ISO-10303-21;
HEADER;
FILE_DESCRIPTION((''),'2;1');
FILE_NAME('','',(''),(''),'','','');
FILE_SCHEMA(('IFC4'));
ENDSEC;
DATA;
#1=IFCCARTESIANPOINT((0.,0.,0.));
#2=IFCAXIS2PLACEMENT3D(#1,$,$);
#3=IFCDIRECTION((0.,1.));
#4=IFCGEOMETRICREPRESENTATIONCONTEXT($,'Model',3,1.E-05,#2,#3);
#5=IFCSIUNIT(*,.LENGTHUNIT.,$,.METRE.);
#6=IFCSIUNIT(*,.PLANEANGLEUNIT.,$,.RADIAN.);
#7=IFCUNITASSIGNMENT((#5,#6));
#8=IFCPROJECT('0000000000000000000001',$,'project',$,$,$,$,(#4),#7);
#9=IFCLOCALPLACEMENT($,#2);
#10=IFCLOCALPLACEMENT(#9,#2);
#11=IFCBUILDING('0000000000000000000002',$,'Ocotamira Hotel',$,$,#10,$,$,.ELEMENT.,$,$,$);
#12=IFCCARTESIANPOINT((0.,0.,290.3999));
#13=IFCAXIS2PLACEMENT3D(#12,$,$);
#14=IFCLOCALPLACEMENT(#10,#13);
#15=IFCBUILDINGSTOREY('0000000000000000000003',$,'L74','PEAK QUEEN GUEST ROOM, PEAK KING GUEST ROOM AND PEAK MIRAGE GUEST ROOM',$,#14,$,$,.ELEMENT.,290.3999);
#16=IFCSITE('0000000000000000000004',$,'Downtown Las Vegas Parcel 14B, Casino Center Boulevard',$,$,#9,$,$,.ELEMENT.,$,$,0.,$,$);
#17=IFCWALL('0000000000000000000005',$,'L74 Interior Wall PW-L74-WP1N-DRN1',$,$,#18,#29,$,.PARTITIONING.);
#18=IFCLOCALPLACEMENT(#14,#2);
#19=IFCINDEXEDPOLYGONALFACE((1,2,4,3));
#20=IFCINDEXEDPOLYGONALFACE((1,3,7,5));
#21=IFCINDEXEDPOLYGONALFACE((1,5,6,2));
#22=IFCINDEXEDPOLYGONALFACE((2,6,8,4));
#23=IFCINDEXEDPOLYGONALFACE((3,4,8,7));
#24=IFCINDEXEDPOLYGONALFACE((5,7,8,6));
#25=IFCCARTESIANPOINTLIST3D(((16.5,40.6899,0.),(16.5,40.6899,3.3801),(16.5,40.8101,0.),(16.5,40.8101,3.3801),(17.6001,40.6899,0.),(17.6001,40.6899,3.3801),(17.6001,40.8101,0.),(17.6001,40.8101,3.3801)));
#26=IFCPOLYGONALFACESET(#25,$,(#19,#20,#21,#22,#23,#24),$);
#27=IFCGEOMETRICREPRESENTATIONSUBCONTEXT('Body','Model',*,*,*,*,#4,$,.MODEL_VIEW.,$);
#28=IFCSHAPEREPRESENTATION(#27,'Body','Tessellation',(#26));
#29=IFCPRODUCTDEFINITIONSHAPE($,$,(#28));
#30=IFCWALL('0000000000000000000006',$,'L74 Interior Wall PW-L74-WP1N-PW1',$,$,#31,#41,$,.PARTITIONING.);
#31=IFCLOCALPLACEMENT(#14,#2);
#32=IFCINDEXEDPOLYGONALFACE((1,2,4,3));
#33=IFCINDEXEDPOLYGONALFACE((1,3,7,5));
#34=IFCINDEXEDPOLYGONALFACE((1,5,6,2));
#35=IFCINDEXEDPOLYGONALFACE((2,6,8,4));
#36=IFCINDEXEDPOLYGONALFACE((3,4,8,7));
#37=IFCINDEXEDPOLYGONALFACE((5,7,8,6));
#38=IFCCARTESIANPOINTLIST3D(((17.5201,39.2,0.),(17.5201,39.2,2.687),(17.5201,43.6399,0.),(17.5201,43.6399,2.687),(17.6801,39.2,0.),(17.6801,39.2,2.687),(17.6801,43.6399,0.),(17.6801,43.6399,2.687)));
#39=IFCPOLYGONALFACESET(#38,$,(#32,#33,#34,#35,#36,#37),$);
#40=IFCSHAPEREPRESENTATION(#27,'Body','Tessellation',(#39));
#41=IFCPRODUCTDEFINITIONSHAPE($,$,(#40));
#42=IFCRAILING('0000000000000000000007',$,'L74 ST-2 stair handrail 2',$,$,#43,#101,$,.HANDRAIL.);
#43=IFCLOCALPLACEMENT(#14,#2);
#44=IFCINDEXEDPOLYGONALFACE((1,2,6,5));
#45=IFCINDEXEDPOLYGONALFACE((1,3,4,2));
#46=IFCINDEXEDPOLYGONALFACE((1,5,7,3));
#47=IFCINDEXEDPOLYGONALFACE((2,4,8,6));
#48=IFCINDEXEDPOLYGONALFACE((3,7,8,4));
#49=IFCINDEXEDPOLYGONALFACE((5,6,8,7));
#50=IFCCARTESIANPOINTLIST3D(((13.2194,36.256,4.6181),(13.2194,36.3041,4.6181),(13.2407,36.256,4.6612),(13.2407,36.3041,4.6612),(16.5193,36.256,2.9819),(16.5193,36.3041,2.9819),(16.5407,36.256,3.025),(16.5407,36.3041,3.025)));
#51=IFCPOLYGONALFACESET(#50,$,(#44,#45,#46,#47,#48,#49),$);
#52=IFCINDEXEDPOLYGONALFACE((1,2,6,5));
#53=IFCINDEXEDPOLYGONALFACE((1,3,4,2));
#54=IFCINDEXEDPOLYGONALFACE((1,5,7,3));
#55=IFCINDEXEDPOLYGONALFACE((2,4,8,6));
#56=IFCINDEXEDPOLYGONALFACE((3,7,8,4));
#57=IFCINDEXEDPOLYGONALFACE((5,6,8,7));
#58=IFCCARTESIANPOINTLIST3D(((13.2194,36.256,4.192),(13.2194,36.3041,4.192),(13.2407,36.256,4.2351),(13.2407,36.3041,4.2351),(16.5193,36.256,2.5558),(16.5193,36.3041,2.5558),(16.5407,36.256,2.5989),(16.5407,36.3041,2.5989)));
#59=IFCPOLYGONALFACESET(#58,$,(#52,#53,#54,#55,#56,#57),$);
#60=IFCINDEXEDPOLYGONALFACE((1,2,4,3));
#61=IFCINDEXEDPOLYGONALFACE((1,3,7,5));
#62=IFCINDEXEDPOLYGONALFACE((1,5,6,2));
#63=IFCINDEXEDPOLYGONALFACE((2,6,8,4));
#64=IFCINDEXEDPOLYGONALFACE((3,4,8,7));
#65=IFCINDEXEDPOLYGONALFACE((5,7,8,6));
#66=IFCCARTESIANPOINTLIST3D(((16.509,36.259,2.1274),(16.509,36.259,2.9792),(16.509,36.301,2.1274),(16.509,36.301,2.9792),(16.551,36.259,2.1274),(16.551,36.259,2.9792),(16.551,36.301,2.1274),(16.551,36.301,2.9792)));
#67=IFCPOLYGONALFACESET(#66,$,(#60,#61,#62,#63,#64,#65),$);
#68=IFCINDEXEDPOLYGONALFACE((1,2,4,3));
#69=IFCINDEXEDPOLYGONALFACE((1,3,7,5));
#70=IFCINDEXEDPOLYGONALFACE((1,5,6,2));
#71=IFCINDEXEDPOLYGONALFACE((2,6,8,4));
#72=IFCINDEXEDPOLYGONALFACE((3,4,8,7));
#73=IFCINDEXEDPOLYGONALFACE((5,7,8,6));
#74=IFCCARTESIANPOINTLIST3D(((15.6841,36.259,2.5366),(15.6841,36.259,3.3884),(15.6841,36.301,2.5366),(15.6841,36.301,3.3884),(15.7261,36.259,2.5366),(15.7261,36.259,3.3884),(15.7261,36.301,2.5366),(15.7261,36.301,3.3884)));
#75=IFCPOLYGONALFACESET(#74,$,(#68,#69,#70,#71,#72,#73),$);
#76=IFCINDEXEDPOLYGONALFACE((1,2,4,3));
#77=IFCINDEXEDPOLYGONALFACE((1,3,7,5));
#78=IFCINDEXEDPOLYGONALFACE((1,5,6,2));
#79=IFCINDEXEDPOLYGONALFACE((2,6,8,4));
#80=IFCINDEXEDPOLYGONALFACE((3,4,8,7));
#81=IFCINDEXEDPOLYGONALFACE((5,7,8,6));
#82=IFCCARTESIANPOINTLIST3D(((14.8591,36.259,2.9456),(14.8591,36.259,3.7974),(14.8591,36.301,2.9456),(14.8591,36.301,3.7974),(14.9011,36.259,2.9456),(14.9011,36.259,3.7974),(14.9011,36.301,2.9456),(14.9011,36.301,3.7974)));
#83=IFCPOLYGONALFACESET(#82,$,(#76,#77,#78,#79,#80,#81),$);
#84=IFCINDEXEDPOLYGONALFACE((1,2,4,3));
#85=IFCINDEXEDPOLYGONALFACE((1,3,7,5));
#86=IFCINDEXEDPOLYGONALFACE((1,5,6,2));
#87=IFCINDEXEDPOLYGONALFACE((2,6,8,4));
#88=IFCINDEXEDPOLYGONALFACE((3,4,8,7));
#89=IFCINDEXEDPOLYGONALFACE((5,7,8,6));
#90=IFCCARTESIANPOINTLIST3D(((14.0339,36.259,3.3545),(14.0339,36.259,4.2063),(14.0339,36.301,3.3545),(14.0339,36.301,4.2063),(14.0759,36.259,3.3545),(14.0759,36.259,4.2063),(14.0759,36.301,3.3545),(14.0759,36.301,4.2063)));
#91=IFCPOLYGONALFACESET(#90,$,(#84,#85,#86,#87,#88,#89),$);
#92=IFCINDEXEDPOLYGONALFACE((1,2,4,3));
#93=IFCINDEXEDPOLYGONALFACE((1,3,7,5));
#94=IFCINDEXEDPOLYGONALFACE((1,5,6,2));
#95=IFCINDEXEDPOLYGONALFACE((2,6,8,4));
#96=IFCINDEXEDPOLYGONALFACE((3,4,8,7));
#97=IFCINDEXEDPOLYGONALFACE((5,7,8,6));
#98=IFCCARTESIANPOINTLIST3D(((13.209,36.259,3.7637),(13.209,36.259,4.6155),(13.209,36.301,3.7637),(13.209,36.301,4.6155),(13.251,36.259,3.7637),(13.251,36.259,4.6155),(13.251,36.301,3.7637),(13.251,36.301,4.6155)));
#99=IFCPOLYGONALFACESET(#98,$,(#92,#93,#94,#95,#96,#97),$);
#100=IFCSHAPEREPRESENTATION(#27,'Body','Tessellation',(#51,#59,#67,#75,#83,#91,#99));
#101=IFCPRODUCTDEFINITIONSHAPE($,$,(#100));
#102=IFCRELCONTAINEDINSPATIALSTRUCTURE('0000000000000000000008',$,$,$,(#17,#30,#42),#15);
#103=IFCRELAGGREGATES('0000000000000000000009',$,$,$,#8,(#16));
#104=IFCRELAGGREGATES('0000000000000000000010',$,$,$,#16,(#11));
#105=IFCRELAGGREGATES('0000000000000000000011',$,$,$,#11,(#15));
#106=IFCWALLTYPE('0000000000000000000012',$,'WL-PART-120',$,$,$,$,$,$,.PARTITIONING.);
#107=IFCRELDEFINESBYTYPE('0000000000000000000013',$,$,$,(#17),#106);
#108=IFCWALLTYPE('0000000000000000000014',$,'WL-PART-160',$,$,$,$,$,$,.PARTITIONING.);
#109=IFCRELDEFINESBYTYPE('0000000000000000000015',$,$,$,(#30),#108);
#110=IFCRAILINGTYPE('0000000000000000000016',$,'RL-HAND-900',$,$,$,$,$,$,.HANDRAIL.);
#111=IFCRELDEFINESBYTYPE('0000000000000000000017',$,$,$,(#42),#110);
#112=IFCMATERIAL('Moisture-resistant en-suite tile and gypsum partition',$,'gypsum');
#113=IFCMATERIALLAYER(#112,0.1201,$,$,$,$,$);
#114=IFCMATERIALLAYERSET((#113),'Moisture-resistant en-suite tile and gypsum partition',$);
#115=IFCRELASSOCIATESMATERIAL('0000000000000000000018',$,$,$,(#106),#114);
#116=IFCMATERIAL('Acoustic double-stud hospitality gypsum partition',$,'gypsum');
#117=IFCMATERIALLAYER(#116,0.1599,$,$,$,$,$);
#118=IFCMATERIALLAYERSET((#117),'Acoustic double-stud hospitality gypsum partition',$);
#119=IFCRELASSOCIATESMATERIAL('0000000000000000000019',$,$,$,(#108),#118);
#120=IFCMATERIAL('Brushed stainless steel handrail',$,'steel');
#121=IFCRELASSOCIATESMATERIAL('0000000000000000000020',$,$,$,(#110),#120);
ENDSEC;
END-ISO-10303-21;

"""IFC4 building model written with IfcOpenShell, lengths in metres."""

from ifc_helpers import new_model, si_unit, direction, frame, frame_2d, origin, origin_2d, place, context, subcontext, project, spatial, rectangle, extrude, material, layer, layer_set, type_object, element, save


model = new_model("IFC4")

# Units and contexts
model_context = context("Model", 3, precision=1e-05, world=origin(), true_north=direction((0.0, 1.0)))
body_context = subcontext(model_context, "Body", "Model", "MODEL_VIEW")
ifc_project = project(units=[si_unit("LENGTHUNIT", "METRE"), si_unit("PLANEANGLEUNIT", "RADIAN")], contexts=[model_context])

# Site, building, storey
site_placement = place(None, origin())
site = spatial("IfcSite", under=ifc_project, at=site_placement, Name="Downtown Las Vegas Parcel 14B, Casino Center Boulevard", CompositionType="ELEMENT", RefElevation=0.0)
building_placement = place(site_placement, origin())
building = spatial("IfcBuilding", under=site, at=building_placement, Name="Ocotamira Hotel", CompositionType="ELEMENT")
storey_placement = place(building_placement, frame((0.0, 0.0, 290.3999)))
storey = spatial("IfcBuildingStorey", under=building, at=storey_placement, Name="L74", Description="PEAK QUEEN GUEST ROOM, PEAK KING GUEST ROOM AND PEAK MIRAGE GUEST ROOM", CompositionType="ELEMENT", Elevation=290.3999)

# Shared definitions
ifc_material_1 = material(Name="Moisture-resistant en-suite tile and gypsum partition", Category="gypsum")
ifc_layer_1 = layer(ifc_material_1, 0.1201)
ifc_layer_set_1 = layer_set([ifc_layer_1], Name="Moisture-resistant en-suite tile and gypsum partition")
wall_type_1 = type_object("IfcWallType", Name="WL-PART-120", PredefinedType="PARTITIONING", material=ifc_layer_set_1)

# Walls
wall_1_placement = place(storey_placement, frame((16.5, 40.75, 0.0), z_axis=(0.0, 0.0, 1.0), x_axis=(1.0, 0.0, 0.0)))
element("IfcWall", 1, at=wall_1_placement, inside=storey, type_object=wall_type_1, Name="L74 Interior Wall PW-L74-WP1N-DRN1", PredefinedType="PARTITIONING", context=body_context, shape_type="SweptSolid", body=[
    extrude(rectangle(XDim=1.1001, YDim=0.1201, at=frame_2d((0.55, 0.0))), origin(), (0.0, 0.0, 1.0), 3.3801),
])
ifc_material_2 = material(Name="Acoustic double-stud hospitality gypsum partition", Category="gypsum")
ifc_layer_2 = layer(ifc_material_2, 0.1599)
ifc_layer_set_2 = layer_set([ifc_layer_2], Name="Acoustic double-stud hospitality gypsum partition")
wall_type_2 = type_object("IfcWallType", Name="WL-PART-160", PredefinedType="PARTITIONING", material=ifc_layer_set_2)
wall_2_placement = place(storey_placement, frame((17.6001, 39.2, 0.0), z_axis=(0.0, 0.0, 1.0), x_axis=(0.0, 1.0, 0.0)))
element("IfcWall", 2, at=wall_2_placement, inside=storey, type_object=wall_type_2, Name="L74 Interior Wall PW-L74-WP1N-PW1", PredefinedType="PARTITIONING", context=body_context, shape_type="SweptSolid", body=[
    extrude(rectangle(XDim=4.4399, YDim=0.1599, at=frame_2d((2.22, 0.0))), origin(), (0.0, 0.0, 1.0), 2.687),
])

# Railing
ifc_material_3 = material(Name="Brushed stainless steel handrail", Category="steel")
railing_type = type_object("IfcRailingType", Name="RL-HAND-900", PredefinedType="HANDRAIL", material=ifc_material_3)
railing_placement = place(storey_placement, frame((16.53, 36.28, 2.1274)))
element("IfcRailing", 3, at=railing_placement, inside=storey, type_object=railing_type, Name="L74 ST-2 stair handrail 2", PredefinedType="HANDRAIL", context=body_context, shape_type="SweptSolid", body=[
    extrude(rectangle(XDim=0.0481, YDim=0.0481, at=origin_2d()), frame((0.0, 0.0, 0.876), z_axis=(-0.89592, 0.0, 0.444215), x_axis=(0.0, -1.0, 0.0)), (0.0, 0.0, 1.0), 3.6833),
    extrude(rectangle(XDim=0.0481, YDim=0.0481, at=origin_2d()), frame((0.0, 0.0, 0.45), z_axis=(-0.89592, 0.0, 0.444215), x_axis=(0.0, -1.0, 0.0)), (0.0, 0.0, 1.0), 3.6833),
    extrude(rectangle(XDim=0.042, YDim=0.042, at=origin_2d()), origin(), (0.0, 0.0, 1.0), 0.8518),
    extrude(rectangle(XDim=0.042, YDim=0.042, at=origin_2d()), frame((-0.825, 0.0, 0.4092)), (0.0, 0.0, 1.0), 0.8518),
    extrude(rectangle(XDim=0.042, YDim=0.042, at=origin_2d()), frame((-1.6499, 0.0, 0.8181)), (0.0, 0.0, 1.0), 0.8518),
    extrude(rectangle(XDim=0.042, YDim=0.042, at=origin_2d()), frame((-2.4751, 0.0, 1.2271)), (0.0, 0.0, 1.0), 0.8518),
    extrude(rectangle(XDim=0.042, YDim=0.042, at=origin_2d()), frame((-3.3, 0.0, 1.6362)), (0.0, 0.0, 1.0), 0.8518),
])

save(model, "model.ifc")
